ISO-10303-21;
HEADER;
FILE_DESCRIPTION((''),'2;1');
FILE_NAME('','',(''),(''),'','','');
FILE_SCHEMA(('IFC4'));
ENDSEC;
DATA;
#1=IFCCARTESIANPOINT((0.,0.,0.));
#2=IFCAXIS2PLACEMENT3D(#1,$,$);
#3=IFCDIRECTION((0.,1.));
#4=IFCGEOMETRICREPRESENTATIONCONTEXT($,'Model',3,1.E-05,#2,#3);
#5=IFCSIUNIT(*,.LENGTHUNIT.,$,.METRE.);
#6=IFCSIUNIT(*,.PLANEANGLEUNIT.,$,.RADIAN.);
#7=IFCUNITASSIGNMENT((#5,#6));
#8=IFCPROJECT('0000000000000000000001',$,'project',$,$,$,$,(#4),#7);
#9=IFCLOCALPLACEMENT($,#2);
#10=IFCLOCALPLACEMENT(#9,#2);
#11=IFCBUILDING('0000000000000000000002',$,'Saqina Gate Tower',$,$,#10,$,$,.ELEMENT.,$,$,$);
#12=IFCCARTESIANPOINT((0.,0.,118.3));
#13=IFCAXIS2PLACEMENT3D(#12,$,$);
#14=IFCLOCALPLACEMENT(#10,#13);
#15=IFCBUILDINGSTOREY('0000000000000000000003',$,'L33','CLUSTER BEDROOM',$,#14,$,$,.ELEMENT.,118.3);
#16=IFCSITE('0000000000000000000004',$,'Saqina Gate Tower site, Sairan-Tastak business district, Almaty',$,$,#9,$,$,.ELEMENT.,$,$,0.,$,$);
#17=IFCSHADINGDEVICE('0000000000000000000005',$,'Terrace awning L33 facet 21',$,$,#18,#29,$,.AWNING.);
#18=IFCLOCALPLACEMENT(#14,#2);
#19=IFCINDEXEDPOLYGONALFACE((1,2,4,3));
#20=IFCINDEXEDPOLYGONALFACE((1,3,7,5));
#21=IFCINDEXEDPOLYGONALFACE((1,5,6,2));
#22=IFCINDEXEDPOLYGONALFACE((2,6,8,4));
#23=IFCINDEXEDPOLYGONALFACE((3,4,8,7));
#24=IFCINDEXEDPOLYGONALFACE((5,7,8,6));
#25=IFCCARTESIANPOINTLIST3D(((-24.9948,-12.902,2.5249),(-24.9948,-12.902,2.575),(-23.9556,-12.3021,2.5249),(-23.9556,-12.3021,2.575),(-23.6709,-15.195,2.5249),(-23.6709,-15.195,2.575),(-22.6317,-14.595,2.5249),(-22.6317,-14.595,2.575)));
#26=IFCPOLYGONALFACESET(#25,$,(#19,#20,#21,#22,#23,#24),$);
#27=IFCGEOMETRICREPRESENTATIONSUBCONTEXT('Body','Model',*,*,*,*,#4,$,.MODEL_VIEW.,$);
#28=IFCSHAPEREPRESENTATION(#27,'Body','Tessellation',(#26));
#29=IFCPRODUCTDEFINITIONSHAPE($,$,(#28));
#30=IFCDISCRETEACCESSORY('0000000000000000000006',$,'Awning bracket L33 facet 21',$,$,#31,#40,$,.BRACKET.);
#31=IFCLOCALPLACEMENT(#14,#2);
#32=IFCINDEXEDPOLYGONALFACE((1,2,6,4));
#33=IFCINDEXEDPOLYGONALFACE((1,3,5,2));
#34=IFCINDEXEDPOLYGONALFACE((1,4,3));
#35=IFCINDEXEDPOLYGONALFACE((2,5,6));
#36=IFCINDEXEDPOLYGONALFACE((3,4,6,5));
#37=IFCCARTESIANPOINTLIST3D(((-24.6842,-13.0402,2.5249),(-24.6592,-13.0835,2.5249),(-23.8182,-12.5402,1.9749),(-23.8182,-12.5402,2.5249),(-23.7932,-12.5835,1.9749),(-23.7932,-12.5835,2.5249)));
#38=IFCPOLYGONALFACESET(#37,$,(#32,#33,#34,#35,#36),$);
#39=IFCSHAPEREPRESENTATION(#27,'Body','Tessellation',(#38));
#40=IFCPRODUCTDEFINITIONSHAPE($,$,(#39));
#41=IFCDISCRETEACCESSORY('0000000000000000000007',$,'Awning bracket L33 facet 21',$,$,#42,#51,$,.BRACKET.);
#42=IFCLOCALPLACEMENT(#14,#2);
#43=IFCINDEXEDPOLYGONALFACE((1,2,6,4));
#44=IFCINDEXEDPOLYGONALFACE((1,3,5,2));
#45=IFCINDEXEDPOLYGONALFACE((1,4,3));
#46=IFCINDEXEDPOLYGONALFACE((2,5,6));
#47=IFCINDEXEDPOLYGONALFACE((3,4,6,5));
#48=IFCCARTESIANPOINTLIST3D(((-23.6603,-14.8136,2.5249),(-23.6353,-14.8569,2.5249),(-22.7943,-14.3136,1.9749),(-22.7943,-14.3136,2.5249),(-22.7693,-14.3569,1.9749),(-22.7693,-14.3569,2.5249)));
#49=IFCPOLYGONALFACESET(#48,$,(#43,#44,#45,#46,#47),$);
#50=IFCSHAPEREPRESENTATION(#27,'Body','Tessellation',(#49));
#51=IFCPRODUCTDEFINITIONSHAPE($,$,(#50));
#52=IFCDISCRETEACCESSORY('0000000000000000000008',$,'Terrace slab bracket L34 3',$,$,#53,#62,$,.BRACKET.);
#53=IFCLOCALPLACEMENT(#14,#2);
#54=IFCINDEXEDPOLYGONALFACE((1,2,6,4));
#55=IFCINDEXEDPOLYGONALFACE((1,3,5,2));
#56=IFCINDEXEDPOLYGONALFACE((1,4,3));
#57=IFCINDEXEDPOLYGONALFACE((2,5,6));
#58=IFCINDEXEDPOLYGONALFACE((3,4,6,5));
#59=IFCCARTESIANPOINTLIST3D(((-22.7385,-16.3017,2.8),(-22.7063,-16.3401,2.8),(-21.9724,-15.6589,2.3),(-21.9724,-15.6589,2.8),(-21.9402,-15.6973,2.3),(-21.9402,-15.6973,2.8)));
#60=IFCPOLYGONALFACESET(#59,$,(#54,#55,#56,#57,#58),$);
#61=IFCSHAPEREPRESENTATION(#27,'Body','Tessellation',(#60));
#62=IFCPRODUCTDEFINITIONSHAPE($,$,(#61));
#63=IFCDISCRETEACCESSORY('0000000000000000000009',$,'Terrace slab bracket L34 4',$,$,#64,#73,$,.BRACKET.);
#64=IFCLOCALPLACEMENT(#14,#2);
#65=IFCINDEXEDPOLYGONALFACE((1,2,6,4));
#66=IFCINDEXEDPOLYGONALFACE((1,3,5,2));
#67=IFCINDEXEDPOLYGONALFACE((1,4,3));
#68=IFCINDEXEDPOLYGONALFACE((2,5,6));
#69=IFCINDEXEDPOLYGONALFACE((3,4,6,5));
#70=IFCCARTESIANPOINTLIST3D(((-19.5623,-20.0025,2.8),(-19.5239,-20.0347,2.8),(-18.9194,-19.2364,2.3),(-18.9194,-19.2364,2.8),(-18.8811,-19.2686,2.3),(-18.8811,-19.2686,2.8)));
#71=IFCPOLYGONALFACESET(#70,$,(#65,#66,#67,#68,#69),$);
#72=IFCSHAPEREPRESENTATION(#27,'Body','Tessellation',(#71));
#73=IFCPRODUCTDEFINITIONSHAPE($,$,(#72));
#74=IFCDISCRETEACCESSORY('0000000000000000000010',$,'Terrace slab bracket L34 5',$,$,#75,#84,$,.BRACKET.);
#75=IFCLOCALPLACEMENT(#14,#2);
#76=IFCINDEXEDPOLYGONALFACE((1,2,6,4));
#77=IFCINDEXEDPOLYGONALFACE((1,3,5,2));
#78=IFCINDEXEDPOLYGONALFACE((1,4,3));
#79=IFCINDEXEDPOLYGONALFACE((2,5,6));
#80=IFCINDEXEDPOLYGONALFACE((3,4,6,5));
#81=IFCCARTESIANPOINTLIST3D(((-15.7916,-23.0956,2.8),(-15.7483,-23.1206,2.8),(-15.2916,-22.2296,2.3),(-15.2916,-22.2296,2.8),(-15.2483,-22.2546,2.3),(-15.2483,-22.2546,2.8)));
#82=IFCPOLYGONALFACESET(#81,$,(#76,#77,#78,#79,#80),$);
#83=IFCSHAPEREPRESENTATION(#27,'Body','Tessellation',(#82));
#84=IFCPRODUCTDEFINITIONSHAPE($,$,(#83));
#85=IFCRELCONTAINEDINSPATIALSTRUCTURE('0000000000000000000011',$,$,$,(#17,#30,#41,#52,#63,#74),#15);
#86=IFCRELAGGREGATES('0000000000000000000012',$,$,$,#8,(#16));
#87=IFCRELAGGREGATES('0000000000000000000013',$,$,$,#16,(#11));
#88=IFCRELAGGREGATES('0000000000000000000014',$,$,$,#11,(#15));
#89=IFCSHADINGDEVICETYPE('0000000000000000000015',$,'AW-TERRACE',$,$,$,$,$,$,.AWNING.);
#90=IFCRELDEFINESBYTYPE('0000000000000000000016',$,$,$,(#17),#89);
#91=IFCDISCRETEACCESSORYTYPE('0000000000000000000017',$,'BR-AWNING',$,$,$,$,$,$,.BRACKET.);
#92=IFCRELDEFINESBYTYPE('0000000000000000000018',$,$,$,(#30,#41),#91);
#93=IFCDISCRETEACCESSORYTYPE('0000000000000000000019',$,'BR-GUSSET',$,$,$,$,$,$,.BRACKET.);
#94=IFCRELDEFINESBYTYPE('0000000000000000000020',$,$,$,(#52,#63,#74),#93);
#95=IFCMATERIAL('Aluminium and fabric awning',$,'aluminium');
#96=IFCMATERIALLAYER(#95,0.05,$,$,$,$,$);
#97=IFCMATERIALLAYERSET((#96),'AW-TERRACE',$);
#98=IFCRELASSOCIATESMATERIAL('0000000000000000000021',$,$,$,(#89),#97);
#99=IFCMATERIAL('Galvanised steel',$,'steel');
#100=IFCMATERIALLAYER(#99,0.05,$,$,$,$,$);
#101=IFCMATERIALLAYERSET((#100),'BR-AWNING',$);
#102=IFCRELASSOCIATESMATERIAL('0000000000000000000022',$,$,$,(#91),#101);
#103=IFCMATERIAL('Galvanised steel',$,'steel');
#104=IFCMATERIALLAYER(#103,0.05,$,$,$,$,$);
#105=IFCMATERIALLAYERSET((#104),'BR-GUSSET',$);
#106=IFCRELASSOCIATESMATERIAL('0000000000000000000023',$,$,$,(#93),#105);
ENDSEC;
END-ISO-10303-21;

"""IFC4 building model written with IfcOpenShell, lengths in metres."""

from ifc_helpers import new_model, si_unit, direction, frame, origin, origin_2d, place, context, subcontext, project, spatial, polyline, rectangle, outline, extrude, material, layer, layer_set, type_object, element, save


model = new_model("IFC4")

# Units and contexts
model_context = context("Model", 3, precision=1e-05, world=origin(), true_north=direction((0.0, 1.0)))
body_context = subcontext(model_context, "Body", "Model", "MODEL_VIEW")
ifc_project = project(units=[si_unit("LENGTHUNIT", "METRE"), si_unit("PLANEANGLEUNIT", "RADIAN")], contexts=[model_context])

# Site, building, storey
site_placement = place(None, origin())
site = spatial("IfcSite", under=ifc_project, at=site_placement, Name="Saqina Gate Tower site, Sairan-Tastak business district, Almaty", CompositionType="ELEMENT", RefElevation=0.0)
building_placement = place(site_placement, origin())
building = spatial("IfcBuilding", under=site, at=building_placement, Name="Saqina Gate Tower", CompositionType="ELEMENT")
storey_placement = place(building_placement, frame((0.0, 0.0, 118.3)))
storey = spatial("IfcBuildingStorey", under=building, at=storey_placement, Name="L33", Description="CLUSTER BEDROOM", CompositionType="ELEMENT", Elevation=118.3)

# Shading device
ifc_material_1 = material(Name="Aluminium and fabric awning", Category="aluminium")
ifc_layer_1 = layer(ifc_material_1, 0.05)
ifc_layer_set_1 = layer_set([ifc_layer_1], Name="AW-TERRACE")
shading_device_type = type_object("IfcShadingDeviceType", Name="AW-TERRACE", PredefinedType="AWNING", material=ifc_layer_set_1)
shading_device_placement = place(storey_placement, frame((-23.8132, -13.7485, 2.5249), z_axis=(0.0, 0.0, 1.0), x_axis=(0.5, -0.866025, 0.0)))
element("IfcShadingDevice", 1, at=shading_device_placement, inside=storey, type_object=shading_device_type, Name="Terrace awning L33 facet 21", PredefinedType="AWNING", context=body_context, shape_type="SweptSolid", body=[
    extrude(rectangle(XDim=2.6477, YDim=1.2, at=origin_2d()), origin(), (0.0, 0.0, 1.0), 0.05),
])

# Discrete accessories
ifc_material_2 = material(Name="Galvanised steel", Category="steel")
ifc_layer_2 = layer(ifc_material_2, 0.05)
ifc_layer_set_2 = layer_set([ifc_layer_2], Name="BR-AWNING")
discrete_accessory_type_1 = type_object("IfcDiscreteAccessoryType", Name="BR-AWNING", PredefinedType="BRACKET", material=ifc_layer_set_2)
for number, where, z_axis, x_axis, name in (
    (2, (-23.7932, -12.5835, 1.9749), (0.500025, -0.866011, 0.0), (0.0, 0.0, 1.0), "Awning bracket L33 facet 21"),
    (3, (-22.7693, -14.3569, 1.9749), (0.500025, -0.866011, 0.0), (0.0, 0.0, 1.0), "Awning bracket L33 facet 21"),
):
    element("IfcDiscreteAccessory", number, at=place(storey_placement, frame(where, z_axis=z_axis, x_axis=x_axis)), inside=storey, type_object=discrete_accessory_type_1, Name=name, PredefinedType="BRACKET", context=body_context, shape_type="SweptSolid", body=[
        extrude(outline(polyline([(0.0, 0.0), (0.55, 0.0), (0.55, 0.9999), (0.0, 0.0)])), origin(), (0.0, 0.0, -1.0), 0.05),
    ])
ifc_material_3 = material(Name="Galvanised steel", Category="steel")
ifc_layer_3 = layer(ifc_material_3, 0.05)
ifc_layer_set_3 = layer_set([ifc_layer_3], Name="BR-GUSSET")
discrete_accessory_type_2 = type_object("IfcDiscreteAccessoryType", Name="BR-GUSSET", PredefinedType="BRACKET", material=ifc_layer_set_3)
for number, where, z_axis, x_axis, name in (
    (4, (-21.9402, -15.6973, 2.3), (0.642774, -0.766056, 0.0), (0.0, 0.0, 1.0), "Terrace slab bracket L34 3"),
    (5, (-18.8811, -19.2686, 2.3), (0.766056, -0.642774, 0.0), (0.0, 0.0, 1.0), "Terrace slab bracket L34 4"),
):
    element("IfcDiscreteAccessory", number, at=place(storey_placement, frame(where, z_axis=z_axis, x_axis=x_axis)), inside=storey, type_object=discrete_accessory_type_2, Name=name, PredefinedType="BRACKET", context=body_context, shape_type="SweptSolid", body=[
        extrude(outline(polyline([(0.0, 0.0), (0.5, 0.0), (0.5, 1.0001), (0.0, 0.0)])), origin(), (0.0, 0.0, -1.0), 0.05),
    ])
discrete_accessory_placement = place(storey_placement, frame((-15.2483, -22.2546, 2.3), z_axis=(0.866011, -0.500025, 0.0), x_axis=(0.0, 0.0, 1.0)))
element("IfcDiscreteAccessory", 6, at=discrete_accessory_placement, inside=storey, type_object=discrete_accessory_type_2, Name="Terrace slab bracket L34 5", PredefinedType="BRACKET", context=body_context, shape_type="SweptSolid", body=[
    extrude(outline(polyline([(0.0, 0.0), (0.5, 0.0), (0.5, 0.9999), (0.0, 0.0)])), origin(), (0.0, 0.0, -1.0), 0.05),
])

save(model, "model.ifc")
